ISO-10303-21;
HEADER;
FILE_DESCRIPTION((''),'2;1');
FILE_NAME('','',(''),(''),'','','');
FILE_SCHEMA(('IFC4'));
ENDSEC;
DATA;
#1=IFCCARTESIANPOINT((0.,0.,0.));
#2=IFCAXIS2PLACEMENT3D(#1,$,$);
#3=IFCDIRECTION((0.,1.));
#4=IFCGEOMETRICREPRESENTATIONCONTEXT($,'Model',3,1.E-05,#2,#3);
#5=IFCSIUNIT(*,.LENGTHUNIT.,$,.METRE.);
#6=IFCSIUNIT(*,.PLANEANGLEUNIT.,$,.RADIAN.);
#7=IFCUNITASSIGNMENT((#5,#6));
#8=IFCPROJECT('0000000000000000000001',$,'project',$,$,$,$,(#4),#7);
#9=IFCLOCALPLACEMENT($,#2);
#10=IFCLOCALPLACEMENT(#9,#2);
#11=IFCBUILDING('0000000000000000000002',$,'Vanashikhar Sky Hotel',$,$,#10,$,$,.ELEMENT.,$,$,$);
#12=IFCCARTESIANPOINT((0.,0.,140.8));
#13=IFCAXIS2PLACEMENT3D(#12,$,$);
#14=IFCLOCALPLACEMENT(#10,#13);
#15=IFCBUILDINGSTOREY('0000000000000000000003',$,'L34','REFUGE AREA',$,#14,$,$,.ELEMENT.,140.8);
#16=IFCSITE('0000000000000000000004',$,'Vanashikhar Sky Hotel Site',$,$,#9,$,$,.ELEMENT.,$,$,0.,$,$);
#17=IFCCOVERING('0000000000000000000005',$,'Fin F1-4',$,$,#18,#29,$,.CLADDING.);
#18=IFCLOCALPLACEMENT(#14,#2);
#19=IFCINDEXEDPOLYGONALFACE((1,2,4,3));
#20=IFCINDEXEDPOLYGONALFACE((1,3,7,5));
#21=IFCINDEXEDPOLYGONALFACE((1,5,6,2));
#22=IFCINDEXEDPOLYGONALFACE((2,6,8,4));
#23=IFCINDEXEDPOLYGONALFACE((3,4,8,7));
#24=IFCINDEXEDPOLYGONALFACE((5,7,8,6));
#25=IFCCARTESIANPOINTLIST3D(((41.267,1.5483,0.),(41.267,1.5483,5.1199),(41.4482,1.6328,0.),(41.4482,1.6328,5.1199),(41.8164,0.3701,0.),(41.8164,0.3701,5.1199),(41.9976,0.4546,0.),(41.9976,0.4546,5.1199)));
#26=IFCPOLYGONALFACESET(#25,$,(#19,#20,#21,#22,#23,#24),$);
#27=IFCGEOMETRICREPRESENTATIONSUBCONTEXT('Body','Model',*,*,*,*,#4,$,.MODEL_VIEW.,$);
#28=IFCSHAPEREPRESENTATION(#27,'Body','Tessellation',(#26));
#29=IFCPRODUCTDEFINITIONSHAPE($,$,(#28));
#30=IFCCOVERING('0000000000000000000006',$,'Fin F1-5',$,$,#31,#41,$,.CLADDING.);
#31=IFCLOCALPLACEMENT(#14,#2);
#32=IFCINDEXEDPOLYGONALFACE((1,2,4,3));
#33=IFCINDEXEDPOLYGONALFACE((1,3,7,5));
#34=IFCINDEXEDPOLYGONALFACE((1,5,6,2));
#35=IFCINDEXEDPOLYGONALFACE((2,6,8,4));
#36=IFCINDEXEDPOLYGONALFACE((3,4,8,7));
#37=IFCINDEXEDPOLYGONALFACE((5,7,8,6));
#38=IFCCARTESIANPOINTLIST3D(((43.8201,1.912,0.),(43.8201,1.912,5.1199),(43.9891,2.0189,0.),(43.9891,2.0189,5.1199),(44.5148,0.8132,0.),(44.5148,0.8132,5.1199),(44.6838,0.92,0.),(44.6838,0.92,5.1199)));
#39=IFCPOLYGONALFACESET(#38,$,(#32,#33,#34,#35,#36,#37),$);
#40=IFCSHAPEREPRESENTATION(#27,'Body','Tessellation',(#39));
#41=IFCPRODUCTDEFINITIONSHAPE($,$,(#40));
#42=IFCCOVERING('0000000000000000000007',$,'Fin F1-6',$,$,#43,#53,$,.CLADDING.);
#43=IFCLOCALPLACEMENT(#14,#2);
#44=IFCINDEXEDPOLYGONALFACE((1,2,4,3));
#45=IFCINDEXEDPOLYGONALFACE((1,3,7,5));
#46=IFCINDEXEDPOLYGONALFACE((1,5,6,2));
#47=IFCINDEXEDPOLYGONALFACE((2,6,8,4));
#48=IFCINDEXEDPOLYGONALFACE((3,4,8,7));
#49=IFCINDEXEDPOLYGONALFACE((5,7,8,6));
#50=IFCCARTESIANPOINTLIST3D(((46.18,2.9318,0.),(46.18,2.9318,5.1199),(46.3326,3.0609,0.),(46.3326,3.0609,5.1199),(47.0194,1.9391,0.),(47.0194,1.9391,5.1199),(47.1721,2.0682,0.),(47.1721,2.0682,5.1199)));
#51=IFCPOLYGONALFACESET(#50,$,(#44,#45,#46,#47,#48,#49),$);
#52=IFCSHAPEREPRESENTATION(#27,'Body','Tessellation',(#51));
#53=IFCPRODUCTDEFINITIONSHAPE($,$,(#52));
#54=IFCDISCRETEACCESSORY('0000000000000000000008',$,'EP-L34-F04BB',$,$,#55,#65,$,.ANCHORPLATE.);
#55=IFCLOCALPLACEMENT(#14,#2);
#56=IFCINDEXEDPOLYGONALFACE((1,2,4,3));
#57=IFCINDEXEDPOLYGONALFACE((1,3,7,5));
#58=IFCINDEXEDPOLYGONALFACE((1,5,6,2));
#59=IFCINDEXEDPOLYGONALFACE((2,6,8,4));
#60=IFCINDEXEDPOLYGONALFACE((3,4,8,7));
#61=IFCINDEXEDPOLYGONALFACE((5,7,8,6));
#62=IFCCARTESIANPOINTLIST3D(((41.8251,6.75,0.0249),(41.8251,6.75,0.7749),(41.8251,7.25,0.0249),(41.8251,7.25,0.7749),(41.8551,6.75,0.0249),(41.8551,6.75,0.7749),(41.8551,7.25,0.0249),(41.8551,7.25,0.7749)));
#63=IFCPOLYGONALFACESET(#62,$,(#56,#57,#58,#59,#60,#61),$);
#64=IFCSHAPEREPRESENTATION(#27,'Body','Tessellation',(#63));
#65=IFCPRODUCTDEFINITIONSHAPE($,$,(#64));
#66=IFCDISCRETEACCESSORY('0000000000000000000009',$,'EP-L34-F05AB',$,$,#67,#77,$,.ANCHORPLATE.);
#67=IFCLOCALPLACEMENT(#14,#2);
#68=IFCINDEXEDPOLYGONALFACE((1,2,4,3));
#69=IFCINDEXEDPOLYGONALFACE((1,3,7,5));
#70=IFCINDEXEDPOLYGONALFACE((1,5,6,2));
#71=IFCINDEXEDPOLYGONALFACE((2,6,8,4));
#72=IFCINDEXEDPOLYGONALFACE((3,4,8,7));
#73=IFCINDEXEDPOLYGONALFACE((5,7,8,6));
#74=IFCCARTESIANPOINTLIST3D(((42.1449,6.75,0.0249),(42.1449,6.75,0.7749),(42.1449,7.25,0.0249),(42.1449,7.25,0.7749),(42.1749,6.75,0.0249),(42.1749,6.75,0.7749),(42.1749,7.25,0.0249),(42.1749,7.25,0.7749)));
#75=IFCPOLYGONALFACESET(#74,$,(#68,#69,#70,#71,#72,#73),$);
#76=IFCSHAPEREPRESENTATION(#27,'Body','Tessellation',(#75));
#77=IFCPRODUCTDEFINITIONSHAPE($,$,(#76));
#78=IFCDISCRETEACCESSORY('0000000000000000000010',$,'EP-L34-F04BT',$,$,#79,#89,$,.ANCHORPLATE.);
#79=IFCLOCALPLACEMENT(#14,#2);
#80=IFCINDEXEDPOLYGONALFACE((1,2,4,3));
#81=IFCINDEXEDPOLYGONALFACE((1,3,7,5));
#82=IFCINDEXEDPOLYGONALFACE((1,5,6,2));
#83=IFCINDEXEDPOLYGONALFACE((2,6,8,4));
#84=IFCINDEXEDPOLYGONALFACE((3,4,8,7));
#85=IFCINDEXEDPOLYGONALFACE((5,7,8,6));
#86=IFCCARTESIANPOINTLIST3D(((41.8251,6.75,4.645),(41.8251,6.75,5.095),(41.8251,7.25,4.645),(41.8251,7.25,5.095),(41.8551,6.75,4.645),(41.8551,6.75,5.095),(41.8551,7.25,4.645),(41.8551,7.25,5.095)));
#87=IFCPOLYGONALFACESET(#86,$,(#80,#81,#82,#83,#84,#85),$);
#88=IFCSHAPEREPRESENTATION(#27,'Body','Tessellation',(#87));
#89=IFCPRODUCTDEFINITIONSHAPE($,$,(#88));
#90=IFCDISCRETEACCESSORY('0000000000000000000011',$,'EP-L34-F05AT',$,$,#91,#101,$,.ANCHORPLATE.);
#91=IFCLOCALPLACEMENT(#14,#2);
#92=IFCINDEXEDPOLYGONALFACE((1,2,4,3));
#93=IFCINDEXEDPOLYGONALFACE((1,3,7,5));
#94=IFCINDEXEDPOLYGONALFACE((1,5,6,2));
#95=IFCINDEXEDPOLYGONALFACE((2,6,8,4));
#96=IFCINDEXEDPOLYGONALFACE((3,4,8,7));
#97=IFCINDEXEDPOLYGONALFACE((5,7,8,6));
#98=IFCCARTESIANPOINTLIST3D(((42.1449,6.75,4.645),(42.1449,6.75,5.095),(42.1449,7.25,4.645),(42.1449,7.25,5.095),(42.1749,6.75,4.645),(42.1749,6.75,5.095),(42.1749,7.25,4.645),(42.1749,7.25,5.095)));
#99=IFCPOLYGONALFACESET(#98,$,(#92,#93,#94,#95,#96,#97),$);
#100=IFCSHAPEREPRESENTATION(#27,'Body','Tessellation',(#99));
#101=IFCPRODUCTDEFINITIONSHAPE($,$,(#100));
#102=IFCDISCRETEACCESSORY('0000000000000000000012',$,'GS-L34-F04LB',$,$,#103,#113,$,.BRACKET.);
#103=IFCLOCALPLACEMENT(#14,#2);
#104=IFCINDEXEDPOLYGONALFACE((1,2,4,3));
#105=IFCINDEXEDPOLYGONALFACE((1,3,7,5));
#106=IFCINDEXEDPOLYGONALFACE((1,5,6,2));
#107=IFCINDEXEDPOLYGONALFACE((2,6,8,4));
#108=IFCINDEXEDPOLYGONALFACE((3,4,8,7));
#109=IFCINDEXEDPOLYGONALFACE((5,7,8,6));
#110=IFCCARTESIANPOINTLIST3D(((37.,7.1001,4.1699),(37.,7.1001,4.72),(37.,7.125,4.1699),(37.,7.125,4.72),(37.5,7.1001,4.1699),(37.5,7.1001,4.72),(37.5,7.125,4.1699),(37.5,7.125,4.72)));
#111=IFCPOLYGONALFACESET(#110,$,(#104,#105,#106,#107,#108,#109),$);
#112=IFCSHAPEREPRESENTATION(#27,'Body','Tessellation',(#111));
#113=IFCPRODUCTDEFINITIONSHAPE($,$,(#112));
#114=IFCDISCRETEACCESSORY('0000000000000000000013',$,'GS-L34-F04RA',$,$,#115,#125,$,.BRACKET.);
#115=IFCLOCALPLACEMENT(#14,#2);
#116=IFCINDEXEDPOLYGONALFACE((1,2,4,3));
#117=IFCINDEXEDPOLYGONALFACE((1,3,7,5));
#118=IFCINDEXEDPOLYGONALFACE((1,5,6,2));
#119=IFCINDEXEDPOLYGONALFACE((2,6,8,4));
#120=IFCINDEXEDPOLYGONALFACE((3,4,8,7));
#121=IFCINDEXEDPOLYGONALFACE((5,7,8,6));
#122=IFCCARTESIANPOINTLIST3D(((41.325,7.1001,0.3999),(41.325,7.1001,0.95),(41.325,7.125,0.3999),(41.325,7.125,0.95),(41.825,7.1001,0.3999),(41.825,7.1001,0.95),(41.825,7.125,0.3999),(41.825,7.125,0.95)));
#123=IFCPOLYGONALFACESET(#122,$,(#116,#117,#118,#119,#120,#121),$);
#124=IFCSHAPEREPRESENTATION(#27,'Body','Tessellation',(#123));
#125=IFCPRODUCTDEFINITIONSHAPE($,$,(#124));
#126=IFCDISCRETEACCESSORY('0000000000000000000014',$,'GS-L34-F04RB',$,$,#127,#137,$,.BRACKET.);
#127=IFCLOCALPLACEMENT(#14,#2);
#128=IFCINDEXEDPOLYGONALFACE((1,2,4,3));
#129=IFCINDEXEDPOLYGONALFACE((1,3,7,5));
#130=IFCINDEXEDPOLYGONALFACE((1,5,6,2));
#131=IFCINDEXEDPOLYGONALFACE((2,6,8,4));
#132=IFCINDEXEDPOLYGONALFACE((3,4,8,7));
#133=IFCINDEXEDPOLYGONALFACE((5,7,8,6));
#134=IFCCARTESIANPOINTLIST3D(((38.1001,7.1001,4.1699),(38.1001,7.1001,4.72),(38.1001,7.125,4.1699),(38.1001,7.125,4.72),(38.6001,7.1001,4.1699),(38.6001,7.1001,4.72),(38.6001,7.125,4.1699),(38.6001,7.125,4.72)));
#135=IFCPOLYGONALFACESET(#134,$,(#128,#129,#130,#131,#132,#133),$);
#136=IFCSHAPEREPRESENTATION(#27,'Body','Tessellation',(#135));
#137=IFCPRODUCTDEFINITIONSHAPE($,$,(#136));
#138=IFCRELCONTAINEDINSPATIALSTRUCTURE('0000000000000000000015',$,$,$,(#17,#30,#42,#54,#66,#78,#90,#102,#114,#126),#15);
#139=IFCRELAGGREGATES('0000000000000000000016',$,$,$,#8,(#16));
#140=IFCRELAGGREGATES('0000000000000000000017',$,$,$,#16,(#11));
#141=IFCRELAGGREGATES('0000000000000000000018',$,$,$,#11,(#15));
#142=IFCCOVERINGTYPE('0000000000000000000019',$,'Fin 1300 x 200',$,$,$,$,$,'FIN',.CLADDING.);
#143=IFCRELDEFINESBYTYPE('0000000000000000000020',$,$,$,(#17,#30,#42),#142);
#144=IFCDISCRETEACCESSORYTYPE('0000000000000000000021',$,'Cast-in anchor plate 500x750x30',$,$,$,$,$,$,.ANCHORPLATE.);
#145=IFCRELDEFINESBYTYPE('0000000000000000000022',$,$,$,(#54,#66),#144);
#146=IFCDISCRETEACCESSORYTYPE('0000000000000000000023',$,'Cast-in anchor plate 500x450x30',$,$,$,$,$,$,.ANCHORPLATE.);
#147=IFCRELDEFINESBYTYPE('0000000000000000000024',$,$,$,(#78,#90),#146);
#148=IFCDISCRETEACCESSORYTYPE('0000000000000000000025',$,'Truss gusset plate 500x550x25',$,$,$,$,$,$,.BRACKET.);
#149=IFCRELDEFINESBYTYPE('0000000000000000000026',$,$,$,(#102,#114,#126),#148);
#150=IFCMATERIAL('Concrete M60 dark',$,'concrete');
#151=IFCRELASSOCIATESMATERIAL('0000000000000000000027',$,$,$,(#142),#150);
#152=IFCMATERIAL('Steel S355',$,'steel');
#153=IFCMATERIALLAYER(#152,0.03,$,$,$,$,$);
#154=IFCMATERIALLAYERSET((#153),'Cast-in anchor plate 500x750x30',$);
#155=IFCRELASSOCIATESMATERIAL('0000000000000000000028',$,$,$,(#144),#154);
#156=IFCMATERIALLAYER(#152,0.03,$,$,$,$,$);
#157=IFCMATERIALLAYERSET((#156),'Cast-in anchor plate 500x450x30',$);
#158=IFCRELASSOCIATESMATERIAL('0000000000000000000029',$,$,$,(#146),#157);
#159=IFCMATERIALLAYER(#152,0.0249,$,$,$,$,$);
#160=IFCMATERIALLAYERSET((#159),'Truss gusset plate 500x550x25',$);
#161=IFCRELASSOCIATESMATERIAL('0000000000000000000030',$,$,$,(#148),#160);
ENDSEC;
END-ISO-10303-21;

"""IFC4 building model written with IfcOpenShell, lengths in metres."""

from ifc_helpers import new_model, si_unit, direction, frame, origin, origin_2d, place, context, subcontext, project, spatial, rectangle, extrude, source, transform, mapped, material, layer, layer_set, material_profile, profile_set, type_object, element, save


model = new_model("IFC4")

# Units and contexts
model_context = context("Model", 3, precision=1e-05, world=origin(), true_north=direction((0.0, 1.0)))
body_context = subcontext(model_context, "Body", "Model", "MODEL_VIEW")
ifc_project = project(units=[si_unit("LENGTHUNIT", "METRE"), si_unit("PLANEANGLEUNIT", "RADIAN")], contexts=[model_context])

# Site, building, storey
site_placement = place(None, origin())
site = spatial("IfcSite", under=ifc_project, at=site_placement, Name="Vanashikhar Sky Hotel Site", CompositionType="ELEMENT", RefElevation=0.0)
building_placement = place(site_placement, origin())
building = spatial("IfcBuilding", under=site, at=building_placement, Name="Vanashikhar Sky Hotel", CompositionType="ELEMENT")
storey_placement = place(building_placement, frame((0.0, 0.0, 140.8)))
storey = spatial("IfcBuildingStorey", under=building, at=storey_placement, Name="L34", Description="REFUGE AREA", CompositionType="ELEMENT", Elevation=140.8)

# Shared definitions
ifc_material_1 = material(Name="Steel S355", Category="steel")

# Coverings
ifc_material_2 = material(Name="Concrete M60 dark", Category="concrete")
ifc_material_profile_1 = material_profile(ifc_material_2, rectangle(XDim=1.3, YDim=0.2, at=origin_2d()))
ifc_profile_set_1 = profile_set([ifc_material_profile_1], Name="Fin 1300 x 200")
covering_type_1 = type_object("IfcCoveringType", Name="Fin 1300 x 200", ElementType="FIN", PredefinedType="CLADDING", material=ifc_profile_set_1)
shared_shape_1 = source(origin(), body_context, "Body", "SweptSolid", [
    extrude(rectangle(XDim=1.3, YDim=0.2, at=origin_2d()), origin(), (0.0, 0.0, 1.0), 5.1199),
])
for number, where, z_axis, x_axis, name in (
    (1, (41.6323, 1.0015, 0.0), (0.0, 0.0, 1.0), (0.422618, -0.906308, 0.0), "Fin F1-4"),
    (2, (44.252, 1.416, 0.0), (0.0, 0.0, 1.0), (0.534411, -0.845225, 0.0), "Fin F1-5"),
    (3, (46.676, 2.5, 0.0), (0.0, 0.0, 1.0), (0.645698, -0.763593, 0.0), "Fin F1-6"),
):
    element("IfcCovering", number, at=place(storey_placement, frame(where, z_axis=z_axis, x_axis=x_axis)), inside=storey, type_object=covering_type_1, Name=name, PredefinedType="CLADDING", context=body_context, shape_type="MappedRepresentation", body=[
        mapped(shared_shape_1, transform((0.0, 0.0, 0.0), scale=1.0)),
    ])

# Discrete accessories
ifc_layer_1 = layer(ifc_material_1, 0.03)
ifc_layer_set_1 = layer_set([ifc_layer_1], Name="Cast-in anchor plate 500x750x30")
discrete_accessory_type_1 = type_object("IfcDiscreteAccessoryType", Name="Cast-in anchor plate 500x750x30", PredefinedType="ANCHORPLATE", material=ifc_layer_set_1)
shared_shape_2 = source(origin(), body_context, "Body", "SweptSolid", [
    extrude(rectangle(XDim=0.03, YDim=0.5, at=origin_2d()), origin(), (0.0, 0.0, 1.0), 0.75),
])
for number, where, z_axis, x_axis, name in (
    (4, (41.8401, 7.0, 0.0249), (0.0, 0.0, 1.0), (1.0, 0.0, 0.0), "EP-L34-F04BB"),
    (5, (42.1599, 7.0, 0.0249), (0.0, 0.0, 1.0), (1.0, 0.0, 0.0), "EP-L34-F05AB"),
):
    element("IfcDiscreteAccessory", number, at=place(storey_placement, frame(where, z_axis=z_axis, x_axis=x_axis)), inside=storey, type_object=discrete_accessory_type_1, Name=name, PredefinedType="ANCHORPLATE", context=body_context, shape_type="MappedRepresentation", body=[
        mapped(shared_shape_2, transform((0.0, 0.0, 0.0), scale=1.0)),
    ])
ifc_layer_2 = layer(ifc_material_1, 0.03)
ifc_layer_set_2 = layer_set([ifc_layer_2], Name="Cast-in anchor plate 500x450x30")
discrete_accessory_type_2 = type_object("IfcDiscreteAccessoryType", Name="Cast-in anchor plate 500x450x30", PredefinedType="ANCHORPLATE", material=ifc_layer_set_2)
shared_shape_3 = source(origin(), body_context, "Body", "SweptSolid", [
    extrude(rectangle(XDim=0.03, YDim=0.5, at=origin_2d()), origin(), (0.0, 0.0, 1.0), 0.45),
])
for number, where, z_axis, x_axis, name in (
    (6, (41.8401, 7.0, 4.645), (0.0, 0.0, 1.0), (1.0, 0.0, 0.0), "EP-L34-F04BT"),
    (7, (42.1599, 7.0, 4.645), (0.0, 0.0, 1.0), (1.0, 0.0, 0.0), "EP-L34-F05AT"),
):
    element("IfcDiscreteAccessory", number, at=place(storey_placement, frame(where, z_axis=z_axis, x_axis=x_axis)), inside=storey, type_object=discrete_accessory_type_2, Name=name, PredefinedType="ANCHORPLATE", context=body_context, shape_type="MappedRepresentation", body=[
        mapped(shared_shape_3, transform((0.0, 0.0, 0.0), scale=1.0)),
    ])
ifc_layer_3 = layer(ifc_material_1, 0.0249)
ifc_layer_set_3 = layer_set([ifc_layer_3], Name="Truss gusset plate 500x550x25")
discrete_accessory_type_3 = type_object("IfcDiscreteAccessoryType", Name="Truss gusset plate 500x550x25", PredefinedType="BRACKET", material=ifc_layer_set_3)
shared_shape_4 = source(origin(), body_context, "Body", "SweptSolid", [
    extrude(rectangle(XDim=0.5, YDim=0.0249, at=origin_2d()), origin(), (0.0, 0.0, 1.0), 0.55),
])
for number, where, z_axis, x_axis, name in (
    (8, (37.25, 7.1125, 4.1699), (0.0, 0.0, 1.0), (1.0, 0.0, 0.0), "GS-L34-F04LB"),
    (9, (41.575, 7.1125, 0.3999), (0.0, 0.0, 1.0), (1.0, 0.0, 0.0), "GS-L34-F04RA"),
    (10, (38.3501, 7.1125, 4.1699), (0.0, 0.0, 1.0), (1.0, 0.0, 0.0), "GS-L34-F04RB"),
):
    element("IfcDiscreteAccessory", number, at=place(storey_placement, frame(where, z_axis=z_axis, x_axis=x_axis)), inside=storey, type_object=discrete_accessory_type_3, Name=name, PredefinedType="BRACKET", context=body_context, shape_type="MappedRepresentation", body=[
        mapped(shared_shape_4, transform((0.0, 0.0, 0.0), scale=1.0)),
    ])

save(model, "model.ifc")
